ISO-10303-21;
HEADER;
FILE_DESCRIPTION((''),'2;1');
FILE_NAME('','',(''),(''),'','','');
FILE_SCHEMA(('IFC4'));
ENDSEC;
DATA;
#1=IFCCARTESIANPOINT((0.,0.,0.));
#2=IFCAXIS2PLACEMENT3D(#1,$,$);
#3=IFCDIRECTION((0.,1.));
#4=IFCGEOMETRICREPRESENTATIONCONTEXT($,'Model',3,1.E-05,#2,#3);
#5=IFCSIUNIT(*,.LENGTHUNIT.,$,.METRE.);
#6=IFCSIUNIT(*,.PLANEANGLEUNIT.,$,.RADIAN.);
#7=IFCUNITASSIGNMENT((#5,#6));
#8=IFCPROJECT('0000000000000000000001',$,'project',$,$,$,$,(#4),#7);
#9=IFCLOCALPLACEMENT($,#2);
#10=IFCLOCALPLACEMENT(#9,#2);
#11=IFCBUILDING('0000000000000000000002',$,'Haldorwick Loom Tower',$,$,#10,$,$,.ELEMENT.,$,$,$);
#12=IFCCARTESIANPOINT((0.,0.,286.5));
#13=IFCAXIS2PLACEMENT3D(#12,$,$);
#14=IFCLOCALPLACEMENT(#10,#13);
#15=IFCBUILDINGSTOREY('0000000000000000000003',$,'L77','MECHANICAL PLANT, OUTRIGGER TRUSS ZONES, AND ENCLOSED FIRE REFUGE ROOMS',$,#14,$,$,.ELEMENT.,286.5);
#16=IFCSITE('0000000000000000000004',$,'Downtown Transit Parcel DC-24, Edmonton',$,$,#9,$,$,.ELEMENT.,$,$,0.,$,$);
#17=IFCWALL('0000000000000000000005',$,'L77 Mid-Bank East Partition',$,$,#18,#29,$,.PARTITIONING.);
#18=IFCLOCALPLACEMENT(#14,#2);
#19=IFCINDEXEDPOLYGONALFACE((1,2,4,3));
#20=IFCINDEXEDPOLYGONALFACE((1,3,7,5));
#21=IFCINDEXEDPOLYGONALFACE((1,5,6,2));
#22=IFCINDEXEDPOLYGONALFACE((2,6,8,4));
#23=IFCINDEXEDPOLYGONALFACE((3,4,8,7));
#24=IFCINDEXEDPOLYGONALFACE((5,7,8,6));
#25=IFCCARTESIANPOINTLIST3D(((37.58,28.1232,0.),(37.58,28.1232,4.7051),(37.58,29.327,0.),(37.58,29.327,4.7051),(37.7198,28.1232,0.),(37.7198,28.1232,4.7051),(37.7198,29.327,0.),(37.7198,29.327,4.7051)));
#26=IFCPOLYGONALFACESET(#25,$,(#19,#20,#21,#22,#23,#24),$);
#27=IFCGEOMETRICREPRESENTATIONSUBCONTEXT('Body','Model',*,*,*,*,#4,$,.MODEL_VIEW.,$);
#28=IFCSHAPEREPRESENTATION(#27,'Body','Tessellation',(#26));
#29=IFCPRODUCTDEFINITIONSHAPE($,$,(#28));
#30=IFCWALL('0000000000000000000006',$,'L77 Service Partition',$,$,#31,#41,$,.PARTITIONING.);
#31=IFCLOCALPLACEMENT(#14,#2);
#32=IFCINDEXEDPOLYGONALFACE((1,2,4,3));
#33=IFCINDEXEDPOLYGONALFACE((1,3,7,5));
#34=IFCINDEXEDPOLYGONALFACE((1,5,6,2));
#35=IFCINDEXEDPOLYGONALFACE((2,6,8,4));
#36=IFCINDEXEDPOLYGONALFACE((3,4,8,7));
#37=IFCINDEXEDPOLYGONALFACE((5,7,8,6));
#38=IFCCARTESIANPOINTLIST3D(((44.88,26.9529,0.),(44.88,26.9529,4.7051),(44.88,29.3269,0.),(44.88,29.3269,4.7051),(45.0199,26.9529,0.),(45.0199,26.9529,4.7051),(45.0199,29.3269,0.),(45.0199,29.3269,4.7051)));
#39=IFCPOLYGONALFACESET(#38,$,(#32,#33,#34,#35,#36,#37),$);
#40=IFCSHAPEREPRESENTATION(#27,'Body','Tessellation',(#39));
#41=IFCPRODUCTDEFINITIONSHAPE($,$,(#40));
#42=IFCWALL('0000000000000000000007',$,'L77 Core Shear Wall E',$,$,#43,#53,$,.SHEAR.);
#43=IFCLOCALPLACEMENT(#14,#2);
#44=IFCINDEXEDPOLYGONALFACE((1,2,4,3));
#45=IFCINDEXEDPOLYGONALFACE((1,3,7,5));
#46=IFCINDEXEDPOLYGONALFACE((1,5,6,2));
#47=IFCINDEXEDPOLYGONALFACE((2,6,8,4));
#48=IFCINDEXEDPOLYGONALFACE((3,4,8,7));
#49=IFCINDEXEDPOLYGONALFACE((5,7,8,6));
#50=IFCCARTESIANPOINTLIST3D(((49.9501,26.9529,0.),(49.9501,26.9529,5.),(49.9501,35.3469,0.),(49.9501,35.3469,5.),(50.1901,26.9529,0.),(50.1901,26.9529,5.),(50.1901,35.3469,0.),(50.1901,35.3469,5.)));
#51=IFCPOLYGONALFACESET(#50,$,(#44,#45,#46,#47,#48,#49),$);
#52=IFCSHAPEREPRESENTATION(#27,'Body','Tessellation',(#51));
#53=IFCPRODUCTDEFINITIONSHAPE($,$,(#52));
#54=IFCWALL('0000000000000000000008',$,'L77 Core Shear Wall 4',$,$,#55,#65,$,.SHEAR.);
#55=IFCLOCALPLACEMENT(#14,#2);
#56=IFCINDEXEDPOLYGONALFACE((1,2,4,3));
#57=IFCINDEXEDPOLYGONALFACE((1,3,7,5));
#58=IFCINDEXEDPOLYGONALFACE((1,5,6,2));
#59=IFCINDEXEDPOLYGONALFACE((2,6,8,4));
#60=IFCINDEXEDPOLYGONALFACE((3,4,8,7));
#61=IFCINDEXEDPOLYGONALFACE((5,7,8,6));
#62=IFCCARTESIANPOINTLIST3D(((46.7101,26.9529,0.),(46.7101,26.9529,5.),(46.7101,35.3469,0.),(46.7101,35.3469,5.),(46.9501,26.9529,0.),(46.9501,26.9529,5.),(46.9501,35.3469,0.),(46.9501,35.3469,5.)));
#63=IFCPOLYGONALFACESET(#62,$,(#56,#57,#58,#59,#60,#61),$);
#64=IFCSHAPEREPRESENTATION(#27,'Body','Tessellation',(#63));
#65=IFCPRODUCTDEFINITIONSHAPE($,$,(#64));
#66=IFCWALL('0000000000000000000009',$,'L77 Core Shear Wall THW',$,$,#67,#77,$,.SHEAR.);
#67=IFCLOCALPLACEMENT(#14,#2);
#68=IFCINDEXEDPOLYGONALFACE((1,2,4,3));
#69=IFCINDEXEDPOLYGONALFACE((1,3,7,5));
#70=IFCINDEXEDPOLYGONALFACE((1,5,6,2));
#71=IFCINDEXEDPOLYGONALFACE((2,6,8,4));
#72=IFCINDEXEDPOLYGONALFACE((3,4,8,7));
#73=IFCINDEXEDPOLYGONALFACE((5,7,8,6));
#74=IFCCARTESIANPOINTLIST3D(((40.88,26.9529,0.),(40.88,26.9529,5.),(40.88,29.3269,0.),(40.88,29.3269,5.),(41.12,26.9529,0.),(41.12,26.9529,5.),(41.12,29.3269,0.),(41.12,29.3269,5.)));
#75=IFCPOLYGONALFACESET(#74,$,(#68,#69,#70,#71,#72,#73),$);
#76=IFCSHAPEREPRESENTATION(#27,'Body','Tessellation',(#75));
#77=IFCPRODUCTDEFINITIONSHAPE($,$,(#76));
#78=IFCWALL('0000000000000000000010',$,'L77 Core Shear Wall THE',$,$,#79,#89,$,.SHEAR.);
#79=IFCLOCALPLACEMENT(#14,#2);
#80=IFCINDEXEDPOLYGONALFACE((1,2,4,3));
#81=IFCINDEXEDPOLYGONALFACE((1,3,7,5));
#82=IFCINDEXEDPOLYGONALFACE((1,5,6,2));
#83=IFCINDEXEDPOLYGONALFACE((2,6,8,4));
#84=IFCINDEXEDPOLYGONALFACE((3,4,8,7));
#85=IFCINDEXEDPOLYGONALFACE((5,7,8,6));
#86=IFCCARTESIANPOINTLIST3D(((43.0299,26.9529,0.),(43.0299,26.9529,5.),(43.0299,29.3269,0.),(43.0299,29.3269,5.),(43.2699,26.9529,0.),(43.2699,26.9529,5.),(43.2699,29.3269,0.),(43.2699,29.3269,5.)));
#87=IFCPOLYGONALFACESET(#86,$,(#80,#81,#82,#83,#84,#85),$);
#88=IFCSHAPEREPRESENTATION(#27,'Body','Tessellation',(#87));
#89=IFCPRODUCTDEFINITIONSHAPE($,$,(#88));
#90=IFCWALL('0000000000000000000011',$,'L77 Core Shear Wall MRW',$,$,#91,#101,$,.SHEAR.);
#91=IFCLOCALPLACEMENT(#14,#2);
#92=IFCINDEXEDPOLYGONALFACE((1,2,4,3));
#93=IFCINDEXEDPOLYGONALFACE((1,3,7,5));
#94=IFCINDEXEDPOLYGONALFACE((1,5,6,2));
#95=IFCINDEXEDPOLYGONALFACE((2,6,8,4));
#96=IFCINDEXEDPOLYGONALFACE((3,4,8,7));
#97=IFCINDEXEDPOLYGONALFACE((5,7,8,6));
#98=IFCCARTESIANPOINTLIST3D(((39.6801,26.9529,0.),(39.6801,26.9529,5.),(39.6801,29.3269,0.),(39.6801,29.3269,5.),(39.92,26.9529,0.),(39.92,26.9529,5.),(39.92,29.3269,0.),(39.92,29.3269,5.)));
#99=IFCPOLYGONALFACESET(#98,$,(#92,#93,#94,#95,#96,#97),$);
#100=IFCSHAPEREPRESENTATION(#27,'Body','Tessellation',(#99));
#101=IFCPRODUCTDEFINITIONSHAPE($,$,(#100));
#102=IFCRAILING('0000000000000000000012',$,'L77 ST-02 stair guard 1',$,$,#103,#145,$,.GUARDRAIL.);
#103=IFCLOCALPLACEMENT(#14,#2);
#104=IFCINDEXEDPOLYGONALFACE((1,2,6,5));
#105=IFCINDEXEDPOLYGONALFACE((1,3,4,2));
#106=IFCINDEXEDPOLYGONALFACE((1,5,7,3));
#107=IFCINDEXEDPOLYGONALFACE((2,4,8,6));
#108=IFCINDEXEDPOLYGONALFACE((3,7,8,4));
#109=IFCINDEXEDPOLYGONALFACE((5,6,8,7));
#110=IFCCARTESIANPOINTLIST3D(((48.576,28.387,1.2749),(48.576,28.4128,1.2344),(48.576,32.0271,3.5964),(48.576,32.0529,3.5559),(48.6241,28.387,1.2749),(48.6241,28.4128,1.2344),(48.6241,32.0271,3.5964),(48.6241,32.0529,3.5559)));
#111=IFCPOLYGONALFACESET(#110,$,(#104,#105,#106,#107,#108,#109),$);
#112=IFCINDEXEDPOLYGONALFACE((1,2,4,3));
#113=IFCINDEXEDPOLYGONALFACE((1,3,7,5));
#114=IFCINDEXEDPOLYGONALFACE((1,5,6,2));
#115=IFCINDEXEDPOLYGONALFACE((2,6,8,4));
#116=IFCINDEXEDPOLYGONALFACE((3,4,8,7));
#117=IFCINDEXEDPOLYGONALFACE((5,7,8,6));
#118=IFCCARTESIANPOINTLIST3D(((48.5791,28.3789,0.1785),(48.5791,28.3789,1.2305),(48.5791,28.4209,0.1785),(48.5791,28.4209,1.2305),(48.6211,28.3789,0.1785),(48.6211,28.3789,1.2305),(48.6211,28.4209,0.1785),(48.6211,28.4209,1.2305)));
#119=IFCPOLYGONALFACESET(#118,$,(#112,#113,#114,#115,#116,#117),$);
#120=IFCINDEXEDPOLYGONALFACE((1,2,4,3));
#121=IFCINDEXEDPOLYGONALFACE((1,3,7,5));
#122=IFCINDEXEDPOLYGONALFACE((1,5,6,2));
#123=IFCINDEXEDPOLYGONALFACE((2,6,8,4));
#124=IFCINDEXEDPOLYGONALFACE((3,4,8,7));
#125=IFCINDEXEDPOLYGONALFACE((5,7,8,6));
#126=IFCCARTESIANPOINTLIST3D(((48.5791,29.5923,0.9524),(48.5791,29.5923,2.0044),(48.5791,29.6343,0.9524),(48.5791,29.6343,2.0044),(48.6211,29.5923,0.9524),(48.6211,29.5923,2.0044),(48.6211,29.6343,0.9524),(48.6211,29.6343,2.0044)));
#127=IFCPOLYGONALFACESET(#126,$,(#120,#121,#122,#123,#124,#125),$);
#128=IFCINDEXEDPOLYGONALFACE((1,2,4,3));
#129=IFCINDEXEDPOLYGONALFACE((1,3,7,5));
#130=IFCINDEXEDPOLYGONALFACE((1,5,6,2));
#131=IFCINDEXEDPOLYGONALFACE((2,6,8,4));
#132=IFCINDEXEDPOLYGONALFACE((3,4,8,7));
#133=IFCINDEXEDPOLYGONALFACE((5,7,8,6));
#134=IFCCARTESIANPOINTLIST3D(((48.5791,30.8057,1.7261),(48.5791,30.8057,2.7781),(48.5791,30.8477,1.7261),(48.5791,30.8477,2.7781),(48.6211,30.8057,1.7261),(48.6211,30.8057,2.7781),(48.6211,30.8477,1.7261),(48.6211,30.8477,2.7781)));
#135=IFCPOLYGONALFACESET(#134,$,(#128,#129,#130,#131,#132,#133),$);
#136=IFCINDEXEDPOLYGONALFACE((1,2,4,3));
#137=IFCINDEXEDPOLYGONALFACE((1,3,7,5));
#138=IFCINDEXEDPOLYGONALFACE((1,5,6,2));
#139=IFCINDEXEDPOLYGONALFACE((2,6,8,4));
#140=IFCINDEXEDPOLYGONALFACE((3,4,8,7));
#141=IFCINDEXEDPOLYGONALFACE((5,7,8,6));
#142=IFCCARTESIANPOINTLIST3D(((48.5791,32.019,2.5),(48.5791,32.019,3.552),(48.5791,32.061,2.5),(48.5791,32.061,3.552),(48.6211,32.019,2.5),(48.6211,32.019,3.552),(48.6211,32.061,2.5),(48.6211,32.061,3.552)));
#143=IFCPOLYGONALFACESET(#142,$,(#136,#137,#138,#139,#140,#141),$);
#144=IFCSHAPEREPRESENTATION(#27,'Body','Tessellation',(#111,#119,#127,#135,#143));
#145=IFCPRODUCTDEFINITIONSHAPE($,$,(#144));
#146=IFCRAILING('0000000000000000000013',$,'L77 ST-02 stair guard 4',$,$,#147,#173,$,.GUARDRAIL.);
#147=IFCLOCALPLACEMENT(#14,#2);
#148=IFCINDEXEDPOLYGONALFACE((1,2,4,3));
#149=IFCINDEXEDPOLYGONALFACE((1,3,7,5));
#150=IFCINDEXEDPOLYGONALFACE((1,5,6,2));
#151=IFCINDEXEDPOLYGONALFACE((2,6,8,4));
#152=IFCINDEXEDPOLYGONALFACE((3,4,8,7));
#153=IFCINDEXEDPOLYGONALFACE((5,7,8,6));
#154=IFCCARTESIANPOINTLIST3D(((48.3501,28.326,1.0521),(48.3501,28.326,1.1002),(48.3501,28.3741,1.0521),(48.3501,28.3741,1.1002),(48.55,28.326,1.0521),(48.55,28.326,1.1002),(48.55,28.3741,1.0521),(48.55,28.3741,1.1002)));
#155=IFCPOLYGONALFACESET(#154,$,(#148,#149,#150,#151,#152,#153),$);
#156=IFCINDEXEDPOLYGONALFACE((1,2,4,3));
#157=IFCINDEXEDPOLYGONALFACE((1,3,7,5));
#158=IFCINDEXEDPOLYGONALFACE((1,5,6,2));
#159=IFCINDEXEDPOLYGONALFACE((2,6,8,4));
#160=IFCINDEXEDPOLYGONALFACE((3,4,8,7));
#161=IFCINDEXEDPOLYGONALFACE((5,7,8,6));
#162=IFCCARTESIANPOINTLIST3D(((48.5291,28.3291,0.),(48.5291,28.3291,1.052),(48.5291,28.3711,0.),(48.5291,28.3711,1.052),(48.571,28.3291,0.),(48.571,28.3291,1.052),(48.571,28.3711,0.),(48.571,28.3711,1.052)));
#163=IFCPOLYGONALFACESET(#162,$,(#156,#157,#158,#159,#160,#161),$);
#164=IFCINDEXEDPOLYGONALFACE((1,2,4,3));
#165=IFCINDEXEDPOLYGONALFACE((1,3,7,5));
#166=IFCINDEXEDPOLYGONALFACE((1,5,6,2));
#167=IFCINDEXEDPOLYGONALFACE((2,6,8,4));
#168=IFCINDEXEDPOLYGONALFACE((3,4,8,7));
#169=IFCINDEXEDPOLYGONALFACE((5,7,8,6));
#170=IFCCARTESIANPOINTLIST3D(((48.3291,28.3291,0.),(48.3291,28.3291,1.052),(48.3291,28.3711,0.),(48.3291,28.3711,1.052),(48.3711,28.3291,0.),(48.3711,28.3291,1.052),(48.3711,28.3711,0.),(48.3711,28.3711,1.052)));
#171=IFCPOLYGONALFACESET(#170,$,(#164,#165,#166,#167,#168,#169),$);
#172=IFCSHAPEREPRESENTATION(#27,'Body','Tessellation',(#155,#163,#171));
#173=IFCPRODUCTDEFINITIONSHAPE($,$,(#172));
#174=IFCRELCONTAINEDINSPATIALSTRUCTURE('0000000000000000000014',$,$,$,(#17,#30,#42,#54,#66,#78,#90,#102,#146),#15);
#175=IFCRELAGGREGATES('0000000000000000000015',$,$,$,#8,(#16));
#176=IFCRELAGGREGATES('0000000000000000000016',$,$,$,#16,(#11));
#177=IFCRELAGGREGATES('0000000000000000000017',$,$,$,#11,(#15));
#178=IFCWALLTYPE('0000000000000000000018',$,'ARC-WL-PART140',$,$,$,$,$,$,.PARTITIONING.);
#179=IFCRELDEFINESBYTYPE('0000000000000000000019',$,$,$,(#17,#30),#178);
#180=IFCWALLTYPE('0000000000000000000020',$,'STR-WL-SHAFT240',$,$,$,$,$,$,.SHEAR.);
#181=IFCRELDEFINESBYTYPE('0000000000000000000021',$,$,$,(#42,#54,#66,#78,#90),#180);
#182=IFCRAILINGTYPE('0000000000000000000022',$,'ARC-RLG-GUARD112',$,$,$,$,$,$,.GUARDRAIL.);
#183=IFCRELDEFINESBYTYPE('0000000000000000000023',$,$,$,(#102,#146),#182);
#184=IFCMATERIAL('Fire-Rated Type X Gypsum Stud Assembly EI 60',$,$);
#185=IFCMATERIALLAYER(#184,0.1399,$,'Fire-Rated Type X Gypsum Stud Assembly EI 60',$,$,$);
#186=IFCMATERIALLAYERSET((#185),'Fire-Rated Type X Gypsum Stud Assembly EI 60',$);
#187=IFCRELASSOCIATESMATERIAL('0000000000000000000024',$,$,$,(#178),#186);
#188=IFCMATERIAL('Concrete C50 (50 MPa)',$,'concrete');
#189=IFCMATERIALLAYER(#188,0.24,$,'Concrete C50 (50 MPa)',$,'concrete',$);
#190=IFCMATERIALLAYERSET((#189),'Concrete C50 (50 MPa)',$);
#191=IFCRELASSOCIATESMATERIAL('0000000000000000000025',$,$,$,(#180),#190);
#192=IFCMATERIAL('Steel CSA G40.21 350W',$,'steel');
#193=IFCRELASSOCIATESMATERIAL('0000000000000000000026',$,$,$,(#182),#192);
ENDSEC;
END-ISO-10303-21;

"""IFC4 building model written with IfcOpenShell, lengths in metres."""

from ifc_helpers import new_model, si_unit, direction, frame, frame_2d, origin, origin_2d, place, context, subcontext, project, spatial, rectangle, extrude, material, layer, layer_set, type_object, element, save


model = new_model("IFC4")

# Units and contexts
model_context = context("Model", 3, precision=1e-05, world=origin(), true_north=direction((0.0, 1.0)))
body_context = subcontext(model_context, "Body", "Model", "MODEL_VIEW")
ifc_project = project(units=[si_unit("LENGTHUNIT", "METRE"), si_unit("PLANEANGLEUNIT", "RADIAN")], contexts=[model_context])

# Site, building, storey
site_placement = place(None, origin())
site = spatial("IfcSite", under=ifc_project, at=site_placement, Name="Downtown Transit Parcel DC-24, Edmonton", CompositionType="ELEMENT", RefElevation=0.0)
building_placement = place(site_placement, origin())
building = spatial("IfcBuilding", under=site, at=building_placement, Name="Haldorwick Loom Tower", CompositionType="ELEMENT")
storey_placement = place(building_placement, frame((0.0, 0.0, 286.5)))
storey = spatial("IfcBuildingStorey", under=building, at=storey_placement, Name="L77", Description="MECHANICAL PLANT, OUTRIGGER TRUSS ZONES, AND ENCLOSED FIRE REFUGE ROOMS", CompositionType="ELEMENT", Elevation=286.5)

# Shared definitions
ifc_material_1 = material(Name="Concrete C50 (50 MPa)", Category="concrete")
ifc_material_2 = material(Name="Steel CSA G40.21 350W", Category="steel")

# Walls
ifc_material_3 = material(Name="Fire-Rated Type X Gypsum Stud Assembly EI 60")
ifc_layer_1 = layer(ifc_material_3, 0.1399, Name="Fire-Rated Type X Gypsum Stud Assembly EI 60")
ifc_layer_set_1 = layer_set([ifc_layer_1], Name="Fire-Rated Type X Gypsum Stud Assembly EI 60")
wall_type_1 = type_object("IfcWallType", Name="ARC-WL-PART140", PredefinedType="PARTITIONING", material=ifc_layer_set_1)
wall_1_placement = place(storey_placement, frame((37.6499, 28.123, 0.0), z_axis=(0.0, 0.0, 1.0), x_axis=(0.0, 1.0, 0.0)))
element("IfcWall", 1, at=wall_1_placement, inside=storey, type_object=wall_type_1, Name="L77 Mid-Bank East Partition", PredefinedType="PARTITIONING", context=body_context, shape_type="SweptSolid", body=[
    extrude(rectangle(XDim=1.2039, YDim=0.1399, at=frame_2d((0.6021, 0.0))), origin(), (0.0, 0.0, 1.0), 4.7051),
])
wall_2_placement = place(storey_placement, frame((44.95, 26.9529, 0.0), z_axis=(0.0, 0.0, 1.0), x_axis=(0.0, 1.0, 0.0)))
element("IfcWall", 2, at=wall_2_placement, inside=storey, type_object=wall_type_1, Name="L77 Service Partition", PredefinedType="PARTITIONING", context=body_context, shape_type="SweptSolid", body=[
    extrude(rectangle(XDim=2.374, YDim=0.1399, at=frame_2d((1.187, 0.0))), origin(), (0.0, 0.0, 1.0), 4.7051),
])
ifc_layer_2 = layer(ifc_material_1, 0.24, Name="Concrete C50 (50 MPa)", Category="concrete")
ifc_layer_set_2 = layer_set([ifc_layer_2], Name="Concrete C50 (50 MPa)")
wall_type_2 = type_object("IfcWallType", Name="STR-WL-SHAFT240", PredefinedType="SHEAR", material=ifc_layer_set_2)
for number, where, z_axis, x_axis, name in (
    (3, (50.0701, 26.9529, 0.0), (0.0, 0.0, 1.0), (0.0, 1.0, 0.0), "L77 Core Shear Wall E"),
    (4, (46.8301, 26.9529, 0.0), (0.0, 0.0, 1.0), (0.0, 1.0, 0.0), "L77 Core Shear Wall 4"),
):
    element("IfcWall", number, at=place(storey_placement, frame(where, z_axis=z_axis, x_axis=x_axis)), inside=storey, type_object=wall_type_2, Name=name, PredefinedType="SHEAR", context=body_context, shape_type="SweptSolid", body=[
        extrude(rectangle(XDim=8.394, YDim=0.24, at=frame_2d((4.197, 0.0))), origin(), (0.0, 0.0, 1.0), 5.0),
    ])
for number, where, z_axis, x_axis, name in (
    (5, (41.0, 26.9529, 0.0), (0.0, 0.0, 1.0), (0.0, 1.0, 0.0), "L77 Core Shear Wall THW"),
    (6, (43.1499, 26.9529, 0.0), (0.0, 0.0, 1.0), (0.0, 1.0, 0.0), "L77 Core Shear Wall THE"),
    (7, (39.8, 26.9529, 0.0), (0.0, 0.0, 1.0), (0.0, 1.0, 0.0), "L77 Core Shear Wall MRW"),
):
    element("IfcWall", number, at=place(storey_placement, frame(where, z_axis=z_axis, x_axis=x_axis)), inside=storey, type_object=wall_type_2, Name=name, PredefinedType="SHEAR", context=body_context, shape_type="SweptSolid", body=[
        extrude(rectangle(XDim=2.374, YDim=0.24, at=frame_2d((1.187, 0.0))), origin(), (0.0, 0.0, 1.0), 5.0),
    ])

# Railings
railing_type = type_object("IfcRailingType", Name="ARC-RLG-GUARD112", PredefinedType="GUARDRAIL", material=ifc_material_2)
railing_1_placement = place(storey_placement, frame((48.6001, 28.3999, 0.1785)))
element("IfcRailing", 8, at=railing_1_placement, inside=storey, type_object=railing_type, Name="L77 ST-02 stair guard 1", PredefinedType="GUARDRAIL", context=body_context, shape_type="SweptSolid", body=[
    extrude(rectangle(XDim=0.0481, YDim=0.0481, at=origin_2d()), frame((0.0, 0.0, 1.0762), z_axis=(0.0, 0.843128, 0.537713), x_axis=(-1.0, 0.0, 0.0)), (0.0, 0.0, 1.0), 4.3174),
    extrude(rectangle(XDim=0.042, YDim=0.042, at=origin_2d()), origin(), (0.0, 0.0, 1.0), 1.052),
    extrude(rectangle(XDim=0.042, YDim=0.042, at=origin_2d()), frame((0.0, 1.2134, 0.7739)), (0.0, 0.0, 1.0), 1.052),
    extrude(rectangle(XDim=0.042, YDim=0.042, at=origin_2d()), frame((0.0, 2.4268, 1.5476)), (0.0, 0.0, 1.0), 1.052),
    extrude(rectangle(XDim=0.042, YDim=0.042, at=origin_2d()), frame((0.0, 3.6401, 2.3215)), (0.0, 0.0, 1.0), 1.052),
])
railing_2_placement = place(storey_placement, frame((48.55, 28.3501, 0.0)))
element("IfcRailing", 9, at=railing_2_placement, inside=storey, type_object=railing_type, Name="L77 ST-02 stair guard 4", PredefinedType="GUARDRAIL", context=body_context, shape_type="SweptSolid", body=[
    extrude(rectangle(XDim=0.0481, YDim=0.0481, at=origin_2d()), frame((0.0, 0.0, 1.0762), z_axis=(-1.0, 0.0, 0.0), x_axis=(0.0, -1.0, 0.0)), (0.0, 0.0, 1.0), 0.2),
    extrude(rectangle(XDim=0.042, YDim=0.042, at=origin_2d()), origin(), (0.0, 0.0, 1.0), 1.052),
    extrude(rectangle(XDim=0.042, YDim=0.042, at=origin_2d()), frame((-0.2, 0.0, 0.0)), (0.0, 0.0, 1.0), 1.052),
])

save(model, "model.ifc")
